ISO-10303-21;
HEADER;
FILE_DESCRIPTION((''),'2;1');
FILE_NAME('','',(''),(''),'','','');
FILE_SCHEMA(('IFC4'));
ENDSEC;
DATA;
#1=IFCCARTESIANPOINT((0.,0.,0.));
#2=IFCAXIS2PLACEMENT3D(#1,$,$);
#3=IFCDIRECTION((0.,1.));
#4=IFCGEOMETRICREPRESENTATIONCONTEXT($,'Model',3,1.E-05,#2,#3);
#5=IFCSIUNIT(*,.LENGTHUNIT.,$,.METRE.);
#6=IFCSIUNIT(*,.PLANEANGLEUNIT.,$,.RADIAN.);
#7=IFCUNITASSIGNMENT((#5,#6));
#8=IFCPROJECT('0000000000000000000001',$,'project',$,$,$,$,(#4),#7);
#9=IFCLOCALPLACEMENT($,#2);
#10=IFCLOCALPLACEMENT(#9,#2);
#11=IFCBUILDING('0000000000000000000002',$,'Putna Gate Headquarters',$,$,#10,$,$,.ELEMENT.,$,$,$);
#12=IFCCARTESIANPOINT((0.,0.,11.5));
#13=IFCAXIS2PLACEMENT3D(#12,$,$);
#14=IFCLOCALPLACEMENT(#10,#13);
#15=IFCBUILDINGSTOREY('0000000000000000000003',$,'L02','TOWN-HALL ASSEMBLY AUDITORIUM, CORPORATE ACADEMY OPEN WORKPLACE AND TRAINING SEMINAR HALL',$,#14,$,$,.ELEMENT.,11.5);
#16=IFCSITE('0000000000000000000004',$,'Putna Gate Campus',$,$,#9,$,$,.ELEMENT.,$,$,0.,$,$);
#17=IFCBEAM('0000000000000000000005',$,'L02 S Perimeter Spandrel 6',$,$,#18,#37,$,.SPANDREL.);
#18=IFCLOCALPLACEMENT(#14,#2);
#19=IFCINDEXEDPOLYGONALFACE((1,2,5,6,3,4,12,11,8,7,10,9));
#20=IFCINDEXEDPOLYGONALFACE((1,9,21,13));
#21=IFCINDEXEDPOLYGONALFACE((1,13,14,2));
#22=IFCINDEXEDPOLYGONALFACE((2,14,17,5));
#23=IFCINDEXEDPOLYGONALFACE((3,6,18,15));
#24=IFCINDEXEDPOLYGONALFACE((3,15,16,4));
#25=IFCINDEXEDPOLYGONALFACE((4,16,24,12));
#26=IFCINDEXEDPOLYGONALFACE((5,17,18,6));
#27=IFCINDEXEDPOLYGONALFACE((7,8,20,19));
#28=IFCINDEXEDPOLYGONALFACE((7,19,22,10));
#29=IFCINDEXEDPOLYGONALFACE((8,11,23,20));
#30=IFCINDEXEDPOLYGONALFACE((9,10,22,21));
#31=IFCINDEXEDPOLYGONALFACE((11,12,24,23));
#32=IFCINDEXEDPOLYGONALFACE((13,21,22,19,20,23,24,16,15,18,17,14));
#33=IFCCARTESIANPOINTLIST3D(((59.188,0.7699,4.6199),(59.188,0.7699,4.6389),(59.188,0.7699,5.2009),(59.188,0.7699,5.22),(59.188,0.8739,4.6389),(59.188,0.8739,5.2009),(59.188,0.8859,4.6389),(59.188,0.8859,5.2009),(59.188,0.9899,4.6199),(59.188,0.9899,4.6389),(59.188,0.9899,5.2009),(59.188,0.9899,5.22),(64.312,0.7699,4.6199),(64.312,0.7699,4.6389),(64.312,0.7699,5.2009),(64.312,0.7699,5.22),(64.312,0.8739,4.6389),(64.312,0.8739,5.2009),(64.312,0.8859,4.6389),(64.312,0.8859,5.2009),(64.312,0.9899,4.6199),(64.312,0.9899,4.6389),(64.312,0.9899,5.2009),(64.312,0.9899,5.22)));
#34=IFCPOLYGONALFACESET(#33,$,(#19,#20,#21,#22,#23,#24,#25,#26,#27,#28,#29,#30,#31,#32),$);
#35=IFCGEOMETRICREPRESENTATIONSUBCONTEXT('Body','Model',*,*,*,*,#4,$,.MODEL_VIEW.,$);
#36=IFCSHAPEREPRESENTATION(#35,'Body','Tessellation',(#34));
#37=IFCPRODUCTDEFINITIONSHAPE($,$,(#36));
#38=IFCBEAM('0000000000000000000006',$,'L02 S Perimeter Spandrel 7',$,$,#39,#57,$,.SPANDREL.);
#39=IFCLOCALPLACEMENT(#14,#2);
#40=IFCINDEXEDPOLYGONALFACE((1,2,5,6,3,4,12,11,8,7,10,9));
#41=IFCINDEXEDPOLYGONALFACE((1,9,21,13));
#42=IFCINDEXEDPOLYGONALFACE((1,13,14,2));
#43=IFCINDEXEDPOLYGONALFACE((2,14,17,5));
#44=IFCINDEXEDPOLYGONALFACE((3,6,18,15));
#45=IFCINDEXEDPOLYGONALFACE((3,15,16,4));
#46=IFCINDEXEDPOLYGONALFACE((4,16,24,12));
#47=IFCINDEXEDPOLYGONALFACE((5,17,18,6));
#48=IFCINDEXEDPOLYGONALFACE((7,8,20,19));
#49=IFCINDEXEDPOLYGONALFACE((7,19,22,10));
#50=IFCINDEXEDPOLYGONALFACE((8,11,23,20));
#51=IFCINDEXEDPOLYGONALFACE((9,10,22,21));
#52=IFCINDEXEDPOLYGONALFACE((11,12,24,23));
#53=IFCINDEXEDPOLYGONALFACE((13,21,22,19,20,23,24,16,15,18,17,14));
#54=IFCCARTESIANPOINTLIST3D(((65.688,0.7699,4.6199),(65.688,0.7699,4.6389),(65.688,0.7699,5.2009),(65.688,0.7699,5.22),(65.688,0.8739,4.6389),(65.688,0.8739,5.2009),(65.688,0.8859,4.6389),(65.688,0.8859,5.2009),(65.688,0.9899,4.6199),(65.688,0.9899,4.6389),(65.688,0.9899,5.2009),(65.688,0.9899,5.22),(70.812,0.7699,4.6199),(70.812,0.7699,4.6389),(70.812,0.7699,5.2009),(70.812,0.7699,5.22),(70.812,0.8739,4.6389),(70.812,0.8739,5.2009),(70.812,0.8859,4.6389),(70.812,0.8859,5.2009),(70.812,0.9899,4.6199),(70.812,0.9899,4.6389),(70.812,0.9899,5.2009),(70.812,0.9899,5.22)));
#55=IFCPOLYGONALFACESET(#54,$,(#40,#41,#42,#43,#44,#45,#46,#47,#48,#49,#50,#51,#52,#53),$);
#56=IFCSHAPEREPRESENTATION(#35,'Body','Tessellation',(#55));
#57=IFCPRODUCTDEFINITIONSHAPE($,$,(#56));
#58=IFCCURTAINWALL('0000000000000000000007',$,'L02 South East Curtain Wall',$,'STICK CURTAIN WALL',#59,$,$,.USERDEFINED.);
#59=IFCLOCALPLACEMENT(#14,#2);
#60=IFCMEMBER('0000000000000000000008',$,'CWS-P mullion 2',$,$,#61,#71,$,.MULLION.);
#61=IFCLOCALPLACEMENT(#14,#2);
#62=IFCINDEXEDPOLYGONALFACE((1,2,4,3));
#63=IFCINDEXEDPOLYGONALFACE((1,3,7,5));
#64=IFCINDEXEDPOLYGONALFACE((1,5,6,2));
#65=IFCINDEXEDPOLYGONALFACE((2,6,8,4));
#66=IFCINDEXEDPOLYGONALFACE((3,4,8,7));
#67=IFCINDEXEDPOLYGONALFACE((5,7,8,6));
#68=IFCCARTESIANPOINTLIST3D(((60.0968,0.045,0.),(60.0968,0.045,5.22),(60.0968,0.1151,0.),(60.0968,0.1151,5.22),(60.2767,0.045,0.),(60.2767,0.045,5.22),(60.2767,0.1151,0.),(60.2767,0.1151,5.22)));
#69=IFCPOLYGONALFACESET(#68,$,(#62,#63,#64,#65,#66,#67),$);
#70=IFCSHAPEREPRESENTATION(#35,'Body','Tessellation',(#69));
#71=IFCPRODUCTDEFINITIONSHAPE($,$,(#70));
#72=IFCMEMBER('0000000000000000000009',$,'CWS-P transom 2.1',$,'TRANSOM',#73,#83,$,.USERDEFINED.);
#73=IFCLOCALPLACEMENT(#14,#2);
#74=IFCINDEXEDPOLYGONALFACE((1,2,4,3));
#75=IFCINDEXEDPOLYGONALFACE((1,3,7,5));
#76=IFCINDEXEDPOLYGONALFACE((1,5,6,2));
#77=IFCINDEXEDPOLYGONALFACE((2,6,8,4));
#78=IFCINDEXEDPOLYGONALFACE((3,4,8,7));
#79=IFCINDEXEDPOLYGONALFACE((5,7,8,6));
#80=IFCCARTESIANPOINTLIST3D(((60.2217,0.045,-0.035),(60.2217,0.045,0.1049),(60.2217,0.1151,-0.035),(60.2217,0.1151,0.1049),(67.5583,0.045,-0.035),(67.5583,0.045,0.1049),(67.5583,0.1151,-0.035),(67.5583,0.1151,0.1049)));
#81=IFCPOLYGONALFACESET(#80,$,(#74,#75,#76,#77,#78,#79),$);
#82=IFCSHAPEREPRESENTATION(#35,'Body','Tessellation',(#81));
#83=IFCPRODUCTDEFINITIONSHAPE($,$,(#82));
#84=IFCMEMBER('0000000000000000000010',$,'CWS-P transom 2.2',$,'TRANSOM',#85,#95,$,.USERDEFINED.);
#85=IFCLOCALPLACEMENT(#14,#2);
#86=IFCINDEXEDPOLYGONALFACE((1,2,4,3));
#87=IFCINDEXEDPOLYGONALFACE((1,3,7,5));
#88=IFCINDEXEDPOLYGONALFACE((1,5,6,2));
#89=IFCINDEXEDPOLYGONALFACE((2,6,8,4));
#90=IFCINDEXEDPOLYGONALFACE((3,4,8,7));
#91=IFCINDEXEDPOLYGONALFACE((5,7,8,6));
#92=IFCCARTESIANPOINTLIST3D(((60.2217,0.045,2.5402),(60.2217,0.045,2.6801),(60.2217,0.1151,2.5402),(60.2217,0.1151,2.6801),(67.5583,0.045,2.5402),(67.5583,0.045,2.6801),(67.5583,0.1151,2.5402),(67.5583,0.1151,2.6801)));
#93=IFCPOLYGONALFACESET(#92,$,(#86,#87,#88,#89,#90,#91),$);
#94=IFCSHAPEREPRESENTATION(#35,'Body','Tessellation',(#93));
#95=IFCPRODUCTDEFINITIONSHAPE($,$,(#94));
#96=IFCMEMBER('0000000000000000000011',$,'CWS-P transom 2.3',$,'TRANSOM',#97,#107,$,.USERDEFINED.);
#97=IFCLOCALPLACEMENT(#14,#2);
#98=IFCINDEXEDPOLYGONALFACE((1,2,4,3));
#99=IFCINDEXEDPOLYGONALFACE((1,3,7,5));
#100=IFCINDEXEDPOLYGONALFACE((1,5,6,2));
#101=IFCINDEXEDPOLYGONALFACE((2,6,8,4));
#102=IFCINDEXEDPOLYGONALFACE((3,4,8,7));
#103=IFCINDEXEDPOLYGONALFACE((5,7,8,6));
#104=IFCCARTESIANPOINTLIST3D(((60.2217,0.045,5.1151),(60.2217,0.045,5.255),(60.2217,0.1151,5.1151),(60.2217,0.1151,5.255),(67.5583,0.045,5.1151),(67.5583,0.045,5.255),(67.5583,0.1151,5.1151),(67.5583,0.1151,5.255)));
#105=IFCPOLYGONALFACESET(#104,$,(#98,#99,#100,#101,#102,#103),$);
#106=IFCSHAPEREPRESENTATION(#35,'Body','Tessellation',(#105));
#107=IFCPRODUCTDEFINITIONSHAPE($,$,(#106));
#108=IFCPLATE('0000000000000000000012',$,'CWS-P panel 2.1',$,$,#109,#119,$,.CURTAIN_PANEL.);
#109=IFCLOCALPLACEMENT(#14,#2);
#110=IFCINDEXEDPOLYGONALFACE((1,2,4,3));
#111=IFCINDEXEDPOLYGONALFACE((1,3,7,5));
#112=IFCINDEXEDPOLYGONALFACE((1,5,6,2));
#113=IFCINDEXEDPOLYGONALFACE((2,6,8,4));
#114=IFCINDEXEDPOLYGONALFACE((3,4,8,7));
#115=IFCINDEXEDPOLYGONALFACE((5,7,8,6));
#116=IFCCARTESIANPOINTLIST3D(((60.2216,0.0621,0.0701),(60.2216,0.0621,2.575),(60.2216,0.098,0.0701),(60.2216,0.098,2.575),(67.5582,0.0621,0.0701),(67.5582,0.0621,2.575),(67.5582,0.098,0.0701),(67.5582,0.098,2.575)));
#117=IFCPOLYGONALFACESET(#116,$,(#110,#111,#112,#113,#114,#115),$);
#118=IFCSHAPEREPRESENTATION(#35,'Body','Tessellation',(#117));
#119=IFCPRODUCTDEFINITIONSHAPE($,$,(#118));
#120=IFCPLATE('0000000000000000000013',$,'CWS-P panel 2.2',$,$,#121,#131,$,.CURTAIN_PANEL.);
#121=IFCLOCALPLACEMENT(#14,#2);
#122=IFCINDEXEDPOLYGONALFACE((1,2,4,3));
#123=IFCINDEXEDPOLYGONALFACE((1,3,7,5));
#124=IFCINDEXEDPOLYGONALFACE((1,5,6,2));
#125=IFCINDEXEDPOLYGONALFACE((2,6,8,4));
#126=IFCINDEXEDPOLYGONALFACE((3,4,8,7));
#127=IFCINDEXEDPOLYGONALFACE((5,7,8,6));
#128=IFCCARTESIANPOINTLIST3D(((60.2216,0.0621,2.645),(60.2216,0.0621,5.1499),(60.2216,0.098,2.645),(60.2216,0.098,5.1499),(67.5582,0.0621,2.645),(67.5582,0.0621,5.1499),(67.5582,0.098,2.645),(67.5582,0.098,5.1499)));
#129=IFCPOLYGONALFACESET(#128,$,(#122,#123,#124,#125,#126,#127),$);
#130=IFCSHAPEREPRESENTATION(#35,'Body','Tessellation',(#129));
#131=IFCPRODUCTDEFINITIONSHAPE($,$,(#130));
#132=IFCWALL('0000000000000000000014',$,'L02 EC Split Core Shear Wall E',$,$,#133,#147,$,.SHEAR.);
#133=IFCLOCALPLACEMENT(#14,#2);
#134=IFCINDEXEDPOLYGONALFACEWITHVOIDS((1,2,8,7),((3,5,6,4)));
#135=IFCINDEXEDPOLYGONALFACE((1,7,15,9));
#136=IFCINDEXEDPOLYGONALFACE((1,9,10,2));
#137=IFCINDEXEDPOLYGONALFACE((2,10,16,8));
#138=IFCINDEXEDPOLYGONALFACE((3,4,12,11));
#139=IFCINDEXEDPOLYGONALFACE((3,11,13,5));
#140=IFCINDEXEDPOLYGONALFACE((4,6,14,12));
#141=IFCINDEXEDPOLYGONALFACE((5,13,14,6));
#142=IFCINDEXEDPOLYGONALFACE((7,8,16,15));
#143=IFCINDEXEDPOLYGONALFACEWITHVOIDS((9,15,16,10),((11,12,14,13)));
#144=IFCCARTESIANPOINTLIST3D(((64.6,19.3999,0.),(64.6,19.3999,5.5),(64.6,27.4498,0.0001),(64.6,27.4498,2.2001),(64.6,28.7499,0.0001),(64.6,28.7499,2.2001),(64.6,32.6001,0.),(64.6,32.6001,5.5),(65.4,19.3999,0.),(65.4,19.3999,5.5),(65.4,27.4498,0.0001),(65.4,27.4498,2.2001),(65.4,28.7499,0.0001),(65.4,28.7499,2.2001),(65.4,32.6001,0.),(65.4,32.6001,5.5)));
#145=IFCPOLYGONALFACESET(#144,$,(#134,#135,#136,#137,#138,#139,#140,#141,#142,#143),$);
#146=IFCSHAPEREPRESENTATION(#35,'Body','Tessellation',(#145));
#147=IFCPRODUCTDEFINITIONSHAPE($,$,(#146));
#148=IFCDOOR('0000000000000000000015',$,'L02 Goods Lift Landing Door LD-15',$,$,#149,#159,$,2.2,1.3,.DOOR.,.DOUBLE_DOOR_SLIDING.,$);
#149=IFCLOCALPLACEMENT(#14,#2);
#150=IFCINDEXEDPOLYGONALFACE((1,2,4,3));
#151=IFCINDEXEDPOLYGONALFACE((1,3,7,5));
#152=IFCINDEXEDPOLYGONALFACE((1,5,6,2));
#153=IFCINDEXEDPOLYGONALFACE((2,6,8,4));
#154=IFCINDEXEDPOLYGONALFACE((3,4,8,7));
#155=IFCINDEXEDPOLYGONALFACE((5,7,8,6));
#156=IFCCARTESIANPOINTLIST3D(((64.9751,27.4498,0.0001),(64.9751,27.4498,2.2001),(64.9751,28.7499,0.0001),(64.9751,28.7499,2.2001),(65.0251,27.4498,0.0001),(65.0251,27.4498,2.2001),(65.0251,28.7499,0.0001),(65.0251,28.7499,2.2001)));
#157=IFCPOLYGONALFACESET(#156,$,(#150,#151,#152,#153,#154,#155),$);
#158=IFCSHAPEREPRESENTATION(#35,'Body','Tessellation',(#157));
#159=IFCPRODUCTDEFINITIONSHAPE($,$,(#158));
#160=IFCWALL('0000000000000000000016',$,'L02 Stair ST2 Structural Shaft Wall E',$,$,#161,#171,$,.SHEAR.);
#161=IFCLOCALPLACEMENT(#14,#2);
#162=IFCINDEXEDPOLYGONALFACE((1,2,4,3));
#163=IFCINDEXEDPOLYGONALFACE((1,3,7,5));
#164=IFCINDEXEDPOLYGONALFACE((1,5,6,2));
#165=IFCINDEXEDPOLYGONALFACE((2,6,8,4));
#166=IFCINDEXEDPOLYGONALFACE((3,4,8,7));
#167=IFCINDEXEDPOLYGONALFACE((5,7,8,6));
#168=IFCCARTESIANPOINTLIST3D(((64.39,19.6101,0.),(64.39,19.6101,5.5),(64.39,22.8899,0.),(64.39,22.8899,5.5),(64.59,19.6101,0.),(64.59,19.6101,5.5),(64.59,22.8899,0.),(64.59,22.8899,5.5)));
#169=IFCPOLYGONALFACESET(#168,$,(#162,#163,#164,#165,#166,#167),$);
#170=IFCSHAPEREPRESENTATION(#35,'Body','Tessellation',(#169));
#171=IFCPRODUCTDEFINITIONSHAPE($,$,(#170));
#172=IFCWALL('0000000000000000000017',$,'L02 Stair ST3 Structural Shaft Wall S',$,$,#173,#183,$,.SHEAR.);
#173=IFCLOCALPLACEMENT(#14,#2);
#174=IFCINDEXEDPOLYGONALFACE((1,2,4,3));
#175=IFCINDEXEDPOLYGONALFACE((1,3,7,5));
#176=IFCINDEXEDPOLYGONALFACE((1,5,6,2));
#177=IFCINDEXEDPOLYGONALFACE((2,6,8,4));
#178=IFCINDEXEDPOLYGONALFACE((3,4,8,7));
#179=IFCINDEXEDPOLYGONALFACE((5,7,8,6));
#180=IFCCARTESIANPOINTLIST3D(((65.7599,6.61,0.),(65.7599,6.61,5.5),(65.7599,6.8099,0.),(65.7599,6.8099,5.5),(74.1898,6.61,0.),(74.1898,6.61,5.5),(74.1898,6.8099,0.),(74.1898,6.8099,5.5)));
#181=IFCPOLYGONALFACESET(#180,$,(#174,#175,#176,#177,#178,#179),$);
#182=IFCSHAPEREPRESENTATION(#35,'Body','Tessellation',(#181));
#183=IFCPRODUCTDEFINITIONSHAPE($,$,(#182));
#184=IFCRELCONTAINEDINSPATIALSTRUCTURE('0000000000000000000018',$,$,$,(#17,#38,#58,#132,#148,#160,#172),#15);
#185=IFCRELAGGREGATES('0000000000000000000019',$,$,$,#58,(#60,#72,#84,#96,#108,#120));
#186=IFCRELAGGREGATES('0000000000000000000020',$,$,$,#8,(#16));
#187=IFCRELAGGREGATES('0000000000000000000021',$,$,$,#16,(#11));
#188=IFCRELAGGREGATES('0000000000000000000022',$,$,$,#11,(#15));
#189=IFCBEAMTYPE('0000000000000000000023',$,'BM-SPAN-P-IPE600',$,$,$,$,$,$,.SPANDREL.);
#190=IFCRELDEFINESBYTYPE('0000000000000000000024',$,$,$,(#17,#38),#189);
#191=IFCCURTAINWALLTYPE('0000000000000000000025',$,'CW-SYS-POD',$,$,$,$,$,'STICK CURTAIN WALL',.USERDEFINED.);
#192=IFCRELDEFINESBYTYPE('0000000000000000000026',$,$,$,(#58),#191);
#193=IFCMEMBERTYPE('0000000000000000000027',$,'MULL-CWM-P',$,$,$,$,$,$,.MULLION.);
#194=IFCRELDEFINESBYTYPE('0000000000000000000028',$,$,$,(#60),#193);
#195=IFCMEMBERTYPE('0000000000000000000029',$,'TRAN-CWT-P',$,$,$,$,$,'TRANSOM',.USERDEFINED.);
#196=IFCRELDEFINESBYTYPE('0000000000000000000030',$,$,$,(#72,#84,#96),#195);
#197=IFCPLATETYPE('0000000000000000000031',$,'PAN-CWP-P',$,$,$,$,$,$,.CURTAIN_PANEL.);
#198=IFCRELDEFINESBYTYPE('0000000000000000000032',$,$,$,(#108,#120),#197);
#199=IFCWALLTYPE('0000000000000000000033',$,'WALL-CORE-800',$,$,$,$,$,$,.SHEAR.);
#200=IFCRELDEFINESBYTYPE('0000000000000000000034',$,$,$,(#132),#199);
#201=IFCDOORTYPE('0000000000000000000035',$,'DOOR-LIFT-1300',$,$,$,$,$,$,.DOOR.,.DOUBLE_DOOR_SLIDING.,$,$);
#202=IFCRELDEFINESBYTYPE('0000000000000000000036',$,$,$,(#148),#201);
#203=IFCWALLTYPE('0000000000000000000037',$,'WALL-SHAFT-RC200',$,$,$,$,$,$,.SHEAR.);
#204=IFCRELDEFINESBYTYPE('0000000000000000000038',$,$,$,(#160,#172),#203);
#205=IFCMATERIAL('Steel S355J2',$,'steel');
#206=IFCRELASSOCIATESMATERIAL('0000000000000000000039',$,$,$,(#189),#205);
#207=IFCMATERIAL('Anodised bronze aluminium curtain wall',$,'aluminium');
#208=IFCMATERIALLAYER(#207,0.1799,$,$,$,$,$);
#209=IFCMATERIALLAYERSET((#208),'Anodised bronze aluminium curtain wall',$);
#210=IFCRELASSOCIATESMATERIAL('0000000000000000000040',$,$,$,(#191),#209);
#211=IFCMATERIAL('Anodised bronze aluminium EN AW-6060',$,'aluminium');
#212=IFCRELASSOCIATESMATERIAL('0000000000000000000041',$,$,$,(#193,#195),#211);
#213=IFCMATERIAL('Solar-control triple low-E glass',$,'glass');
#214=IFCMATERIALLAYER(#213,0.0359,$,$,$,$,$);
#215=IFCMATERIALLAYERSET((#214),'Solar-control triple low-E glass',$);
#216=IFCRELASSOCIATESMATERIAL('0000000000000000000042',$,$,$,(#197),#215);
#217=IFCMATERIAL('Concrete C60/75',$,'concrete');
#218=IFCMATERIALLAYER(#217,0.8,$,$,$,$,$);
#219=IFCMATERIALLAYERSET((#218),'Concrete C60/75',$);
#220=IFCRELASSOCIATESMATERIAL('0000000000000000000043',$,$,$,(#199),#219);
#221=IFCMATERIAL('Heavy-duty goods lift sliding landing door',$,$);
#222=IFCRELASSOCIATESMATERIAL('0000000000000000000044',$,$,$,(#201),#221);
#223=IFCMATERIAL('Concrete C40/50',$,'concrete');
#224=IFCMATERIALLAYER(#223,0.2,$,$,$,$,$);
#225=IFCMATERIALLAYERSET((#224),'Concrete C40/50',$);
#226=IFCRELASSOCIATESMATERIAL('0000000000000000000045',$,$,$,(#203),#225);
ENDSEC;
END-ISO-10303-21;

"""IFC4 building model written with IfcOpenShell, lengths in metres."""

from ifc_helpers import new_model, si_unit, direction, frame, frame_2d, origin, origin_2d, place, context, subcontext, project, spatial, rectangle, i_section, extrude, material, layer, layer_set, material_profile, profile_set, type_object, element, fill, aggregate, save


model = new_model("IFC4")

# Units and contexts
model_context = context("Model", 3, precision=1e-05, world=origin(), true_north=direction((0.0, 1.0)))
body_context = subcontext(model_context, "Body", "Model", "MODEL_VIEW")
ifc_project = project(units=[si_unit("LENGTHUNIT", "METRE"), si_unit("PLANEANGLEUNIT", "RADIAN")], contexts=[model_context])

# Site, building, storey
site_placement = place(None, origin())
site = spatial("IfcSite", under=ifc_project, at=site_placement, Name="Putna Gate Campus", CompositionType="ELEMENT", RefElevation=0.0)
building_placement = place(site_placement, origin())
building = spatial("IfcBuilding", under=site, at=building_placement, Name="Putna Gate Headquarters", CompositionType="ELEMENT")
storey_placement = place(building_placement, frame((0.0, 0.0, 11.5)))
storey = spatial("IfcBuildingStorey", under=building, at=storey_placement, Name="L02", Description="TOWN-HALL ASSEMBLY AUDITORIUM, CORPORATE ACADEMY OPEN WORKPLACE AND TRAINING SEMINAR HALL", CompositionType="ELEMENT", Elevation=11.5)

# Shared definitions
ifc_material_1 = material(Name="Concrete C60/75", Category="concrete")

# Beams
ifc_material_2 = material(Name="Steel S355J2", Category="steel")
ifc_material_profile_1 = material_profile(ifc_material_2, i_section(OverallWidth=0.22, OverallDepth=0.6001, WebThickness=0.012, FlangeThickness=0.019, at=origin_2d()), Name="Steel S355J2")
ifc_profile_set_1 = profile_set([ifc_material_profile_1], Name="Steel S355J2")
beam_type_1 = type_object("IfcBeamType", Name="BM-SPAN-P-IPE600", PredefinedType="SPANDREL", material=ifc_profile_set_1)
for number, where, z_axis, x_axis, name in (
    (1, (59.188, 0.8799, 4.9199), (1.0, 0.0, 0.0), (0.0, 1.0, 0.0), "L02 S Perimeter Spandrel 6"),
    (2, (65.688, 0.8799, 4.9199), (1.0, 0.0, 0.0), (0.0, 1.0, 0.0), "L02 S Perimeter Spandrel 7"),
):
    element("IfcBeam", number, at=place(storey_placement, frame(where, z_axis=z_axis, x_axis=x_axis)), inside=storey, type_object=beam_type_1, Name=name, PredefinedType="SPANDREL", context=body_context, shape_type="SweptSolid", body=[
        extrude(i_section(OverallWidth=0.22, OverallDepth=0.6001, WebThickness=0.012, FlangeThickness=0.019, at=origin_2d()), origin(), (0.0, 0.0, 1.0), 5.124),
    ])

# Curtain wall, members, plates
ifc_material_3 = material(Name="Anodised bronze aluminium curtain wall", Category="aluminium")
ifc_layer_1 = layer(ifc_material_3, 0.1799)
ifc_layer_set_1 = layer_set([ifc_layer_1], Name="Anodised bronze aluminium curtain wall")
curtain_wall_type = type_object("IfcCurtainWallType", Name="CW-SYS-POD", ElementType="STICK CURTAIN WALL", PredefinedType="USERDEFINED", material=ifc_layer_set_1)
curtain_wall_placement = place(storey_placement, origin())
curtain_wall = element("IfcCurtainWall", 3, at=curtain_wall_placement, inside=storey, type_object=curtain_wall_type, Name="L02 South East Curtain Wall", ObjectType="STICK CURTAIN WALL", PredefinedType="USERDEFINED")
ifc_material_4 = material(Name="Anodised bronze aluminium EN AW-6060", Category="aluminium")
ifc_material_profile_2 = material_profile(ifc_material_4, rectangle(XDim=0.0701, YDim=0.1799, at=origin_2d()), Name="Anodised bronze aluminium EN AW-6060")
ifc_profile_set_2 = profile_set([ifc_material_profile_2], Name="Anodised bronze aluminium EN AW-6060")
member_type_1 = type_object("IfcMemberType", Name="MULL-CWM-P", PredefinedType="MULLION", material=ifc_profile_set_2)
member_1_placement = place(storey_placement, frame((60.1868, 0.0801, 0.0), z_axis=(0.0, 0.0, 1.0), x_axis=(0.0, 1.0, 0.0)))
member_1 = element("IfcMember", 4, at=member_1_placement, type_object=member_type_1, Name="CWS-P mullion 2", PredefinedType="MULLION", context=body_context, shape_type="SweptSolid", body=[
    extrude(rectangle(XDim=0.0701, YDim=0.1799, at=origin_2d()), origin(), (0.0, 0.0, 1.0), 5.22),
])
ifc_material_profile_3 = material_profile(ifc_material_4, rectangle(XDim=0.0701, YDim=0.1399, at=origin_2d()), Name="Anodised bronze aluminium EN AW-6060")
ifc_profile_set_3 = profile_set([ifc_material_profile_3], Name="Anodised bronze aluminium EN AW-6060")
member_type_2 = type_object("IfcMemberType", Name="TRAN-CWT-P", ElementType="TRANSOM", PredefinedType="USERDEFINED", material=ifc_profile_set_3)
member_2_placement = place(storey_placement, frame((60.2217, 0.0801, 0.0349), z_axis=(1.0, 0.0, 0.0), x_axis=(0.0, 1.0, 0.0)))
member_2 = element("IfcMember", 5, at=member_2_placement, type_object=member_type_2, Name="CWS-P transom 2.1", ObjectType="TRANSOM", PredefinedType="USERDEFINED", context=body_context, shape_type="SweptSolid", body=[
    extrude(rectangle(XDim=0.0701, YDim=0.1399, at=origin_2d()), origin(), (0.0, 0.0, 1.0), 7.3367),
])
member_3_placement = place(storey_placement, frame((60.2217, 0.0801, 2.6101), z_axis=(1.0, 0.0, 0.0), x_axis=(0.0, 1.0, 0.0)))
member_3 = element("IfcMember", 6, at=member_3_placement, type_object=member_type_2, Name="CWS-P transom 2.2", ObjectType="TRANSOM", PredefinedType="USERDEFINED", context=body_context, shape_type="SweptSolid", body=[
    extrude(rectangle(XDim=0.0701, YDim=0.1399, at=origin_2d()), origin(), (0.0, 0.0, 1.0), 7.3367),
])
member_4_placement = place(storey_placement, frame((60.2217, 0.0801, 5.1851), z_axis=(1.0, 0.0, 0.0), x_axis=(0.0, 1.0, 0.0)))
member_4 = element("IfcMember", 7, at=member_4_placement, type_object=member_type_2, Name="CWS-P transom 2.3", ObjectType="TRANSOM", PredefinedType="USERDEFINED", context=body_context, shape_type="SweptSolid", body=[
    extrude(rectangle(XDim=0.0701, YDim=0.1399, at=origin_2d()), origin(), (0.0, 0.0, 1.0), 7.3367),
])
ifc_material_5 = material(Name="Solar-control triple low-E glass", Category="glass")
ifc_layer_2 = layer(ifc_material_5, 0.0359)
ifc_layer_set_2 = layer_set([ifc_layer_2], Name="Solar-control triple low-E glass")
plate_type = type_object("IfcPlateType", Name="PAN-CWP-P", PredefinedType="CURTAIN_PANEL", material=ifc_layer_set_2)
plate_1_placement = place(storey_placement, frame((63.8899, 0.0801, 0.0701), z_axis=(0.0, 0.0, 1.0), x_axis=(1.0, 0.0, 0.0)))
plate_1 = element("IfcPlate", 8, at=plate_1_placement, type_object=plate_type, Name="CWS-P panel 2.1", PredefinedType="CURTAIN_PANEL", context=body_context, shape_type="SweptSolid", body=[
    extrude(rectangle(XDim=7.3367, YDim=0.0359, at=origin_2d()), origin(), (0.0, 0.0, 1.0), 2.5049),
])
plate_2_placement = place(storey_placement, frame((63.8899, 0.0801, 2.645), z_axis=(0.0, 0.0, 1.0), x_axis=(1.0, 0.0, 0.0)))
plate_2 = element("IfcPlate", 9, at=plate_2_placement, type_object=plate_type, Name="CWS-P panel 2.2", PredefinedType="CURTAIN_PANEL", context=body_context, shape_type="SweptSolid", body=[
    extrude(rectangle(XDim=7.3367, YDim=0.0359, at=origin_2d()), origin(), (0.0, 0.0, 1.0), 2.5049),
])
aggregate(curtain_wall, [member_1, member_2, member_3, member_4, plate_1, plate_2])

# Wall, opening, door
ifc_layer_3 = layer(ifc_material_1, 0.8)
ifc_layer_set_3 = layer_set([ifc_layer_3], Name="Concrete C60/75")
wall_type_1 = type_object("IfcWallType", Name="WALL-CORE-800", PredefinedType="SHEAR", material=ifc_layer_set_3)
wall_1_placement = place(storey_placement, frame((65.0, 19.3999, 0.0), z_axis=(0.0, 0.0, 1.0), x_axis=(0.0, 1.0, 0.0)))
wall_1 = element("IfcWall", 10, at=wall_1_placement, inside=storey, type_object=wall_type_1, Name="L02 EC Split Core Shear Wall E", PredefinedType="SHEAR", context=body_context, shape_type="SweptSolid", body=[
    extrude(rectangle(XDim=13.2002, YDim=0.8, at=frame_2d((6.6001, 0.0))), origin(), (0.0, 0.0, 1.0), 5.5),
])
opening_1_placement = place(wall_1_placement, frame((8.05, 0.0, 0.0)))
opening_1 = element("IfcOpeningElement", 11, at=opening_1_placement, cuts=wall_1, PredefinedType="OPENING", context=body_context, shape_type="SweptSolid", body=[
    extrude(rectangle(XDim=1.3, YDim=2.2, at=frame_2d((0.6499, 1.1001))), frame((0.0, 0.4099, 0.0), z_axis=(0.0, -1.0, 0.0), x_axis=(1.0, 0.0, 0.0)), (0.0, 0.0, 1.0), 0.8201),
])
ifc_material_6 = material(Name="Heavy-duty goods lift sliding landing door")
door_type_1 = type_object("IfcDoorType", Name="DOOR-LIFT-1300", OperationType="DOUBLE_DOOR_SLIDING", PredefinedType="DOOR", material=ifc_material_6)
door_1_placement = place(opening_1_placement, origin())
door_1 = element("IfcDoor", 12, at=door_1_placement, inside=storey, type_object=door_type_1, Name="L02 Goods Lift Landing Door LD-15", OperationType="DOUBLE_DOOR_SLIDING", OverallHeight=2.2, OverallWidth=1.3, PredefinedType="DOOR", context=body_context, shape_type="SweptSolid", body=[
    extrude(rectangle(XDim=1.3, YDim=2.2, at=frame_2d((0.6499, 1.1001))), frame((0.0, 0.0249, 0.0), z_axis=(0.0, -1.0, 0.0), x_axis=(1.0, 0.0, 0.0)), (0.0, 0.0, 1.0), 0.05),
])
fill(opening_1, door_1)

# Walls
ifc_material_7 = material(Name="Concrete C40/50", Category="concrete")
ifc_layer_4 = layer(ifc_material_7, 0.2)
ifc_layer_set_4 = layer_set([ifc_layer_4], Name="Concrete C40/50")
wall_type_2 = type_object("IfcWallType", Name="WALL-SHAFT-RC200", PredefinedType="SHEAR", material=ifc_layer_set_4)
wall_2_placement = place(storey_placement, frame((64.49, 19.6101, 0.0), z_axis=(0.0, 0.0, 1.0), x_axis=(0.0, 1.0, 0.0)))
element("IfcWall", 13, at=wall_2_placement, inside=storey, type_object=wall_type_2, Name="L02 Stair ST2 Structural Shaft Wall E", PredefinedType="SHEAR", context=body_context, shape_type="SweptSolid", body=[
    extrude(rectangle(XDim=3.2798, YDim=0.2, at=frame_2d((1.6399, 0.0))), origin(), (0.0, 0.0, 1.0), 5.5),
])
wall_3_placement = place(storey_placement, frame((65.76, 6.71, 0.0), z_axis=(0.0, 0.0, 1.0), x_axis=(1.0, 0.0, 0.0)))
element("IfcWall", 14, at=wall_3_placement, inside=storey, type_object=wall_type_2, Name="L02 Stair ST3 Structural Shaft Wall S", PredefinedType="SHEAR", context=body_context, shape_type="SweptSolid", body=[
    extrude(rectangle(XDim=8.4299, YDim=0.2, at=frame_2d((4.2148, 0.0))), origin(), (0.0, 0.0, 1.0), 5.5),
])

save(model, "model.ifc")
